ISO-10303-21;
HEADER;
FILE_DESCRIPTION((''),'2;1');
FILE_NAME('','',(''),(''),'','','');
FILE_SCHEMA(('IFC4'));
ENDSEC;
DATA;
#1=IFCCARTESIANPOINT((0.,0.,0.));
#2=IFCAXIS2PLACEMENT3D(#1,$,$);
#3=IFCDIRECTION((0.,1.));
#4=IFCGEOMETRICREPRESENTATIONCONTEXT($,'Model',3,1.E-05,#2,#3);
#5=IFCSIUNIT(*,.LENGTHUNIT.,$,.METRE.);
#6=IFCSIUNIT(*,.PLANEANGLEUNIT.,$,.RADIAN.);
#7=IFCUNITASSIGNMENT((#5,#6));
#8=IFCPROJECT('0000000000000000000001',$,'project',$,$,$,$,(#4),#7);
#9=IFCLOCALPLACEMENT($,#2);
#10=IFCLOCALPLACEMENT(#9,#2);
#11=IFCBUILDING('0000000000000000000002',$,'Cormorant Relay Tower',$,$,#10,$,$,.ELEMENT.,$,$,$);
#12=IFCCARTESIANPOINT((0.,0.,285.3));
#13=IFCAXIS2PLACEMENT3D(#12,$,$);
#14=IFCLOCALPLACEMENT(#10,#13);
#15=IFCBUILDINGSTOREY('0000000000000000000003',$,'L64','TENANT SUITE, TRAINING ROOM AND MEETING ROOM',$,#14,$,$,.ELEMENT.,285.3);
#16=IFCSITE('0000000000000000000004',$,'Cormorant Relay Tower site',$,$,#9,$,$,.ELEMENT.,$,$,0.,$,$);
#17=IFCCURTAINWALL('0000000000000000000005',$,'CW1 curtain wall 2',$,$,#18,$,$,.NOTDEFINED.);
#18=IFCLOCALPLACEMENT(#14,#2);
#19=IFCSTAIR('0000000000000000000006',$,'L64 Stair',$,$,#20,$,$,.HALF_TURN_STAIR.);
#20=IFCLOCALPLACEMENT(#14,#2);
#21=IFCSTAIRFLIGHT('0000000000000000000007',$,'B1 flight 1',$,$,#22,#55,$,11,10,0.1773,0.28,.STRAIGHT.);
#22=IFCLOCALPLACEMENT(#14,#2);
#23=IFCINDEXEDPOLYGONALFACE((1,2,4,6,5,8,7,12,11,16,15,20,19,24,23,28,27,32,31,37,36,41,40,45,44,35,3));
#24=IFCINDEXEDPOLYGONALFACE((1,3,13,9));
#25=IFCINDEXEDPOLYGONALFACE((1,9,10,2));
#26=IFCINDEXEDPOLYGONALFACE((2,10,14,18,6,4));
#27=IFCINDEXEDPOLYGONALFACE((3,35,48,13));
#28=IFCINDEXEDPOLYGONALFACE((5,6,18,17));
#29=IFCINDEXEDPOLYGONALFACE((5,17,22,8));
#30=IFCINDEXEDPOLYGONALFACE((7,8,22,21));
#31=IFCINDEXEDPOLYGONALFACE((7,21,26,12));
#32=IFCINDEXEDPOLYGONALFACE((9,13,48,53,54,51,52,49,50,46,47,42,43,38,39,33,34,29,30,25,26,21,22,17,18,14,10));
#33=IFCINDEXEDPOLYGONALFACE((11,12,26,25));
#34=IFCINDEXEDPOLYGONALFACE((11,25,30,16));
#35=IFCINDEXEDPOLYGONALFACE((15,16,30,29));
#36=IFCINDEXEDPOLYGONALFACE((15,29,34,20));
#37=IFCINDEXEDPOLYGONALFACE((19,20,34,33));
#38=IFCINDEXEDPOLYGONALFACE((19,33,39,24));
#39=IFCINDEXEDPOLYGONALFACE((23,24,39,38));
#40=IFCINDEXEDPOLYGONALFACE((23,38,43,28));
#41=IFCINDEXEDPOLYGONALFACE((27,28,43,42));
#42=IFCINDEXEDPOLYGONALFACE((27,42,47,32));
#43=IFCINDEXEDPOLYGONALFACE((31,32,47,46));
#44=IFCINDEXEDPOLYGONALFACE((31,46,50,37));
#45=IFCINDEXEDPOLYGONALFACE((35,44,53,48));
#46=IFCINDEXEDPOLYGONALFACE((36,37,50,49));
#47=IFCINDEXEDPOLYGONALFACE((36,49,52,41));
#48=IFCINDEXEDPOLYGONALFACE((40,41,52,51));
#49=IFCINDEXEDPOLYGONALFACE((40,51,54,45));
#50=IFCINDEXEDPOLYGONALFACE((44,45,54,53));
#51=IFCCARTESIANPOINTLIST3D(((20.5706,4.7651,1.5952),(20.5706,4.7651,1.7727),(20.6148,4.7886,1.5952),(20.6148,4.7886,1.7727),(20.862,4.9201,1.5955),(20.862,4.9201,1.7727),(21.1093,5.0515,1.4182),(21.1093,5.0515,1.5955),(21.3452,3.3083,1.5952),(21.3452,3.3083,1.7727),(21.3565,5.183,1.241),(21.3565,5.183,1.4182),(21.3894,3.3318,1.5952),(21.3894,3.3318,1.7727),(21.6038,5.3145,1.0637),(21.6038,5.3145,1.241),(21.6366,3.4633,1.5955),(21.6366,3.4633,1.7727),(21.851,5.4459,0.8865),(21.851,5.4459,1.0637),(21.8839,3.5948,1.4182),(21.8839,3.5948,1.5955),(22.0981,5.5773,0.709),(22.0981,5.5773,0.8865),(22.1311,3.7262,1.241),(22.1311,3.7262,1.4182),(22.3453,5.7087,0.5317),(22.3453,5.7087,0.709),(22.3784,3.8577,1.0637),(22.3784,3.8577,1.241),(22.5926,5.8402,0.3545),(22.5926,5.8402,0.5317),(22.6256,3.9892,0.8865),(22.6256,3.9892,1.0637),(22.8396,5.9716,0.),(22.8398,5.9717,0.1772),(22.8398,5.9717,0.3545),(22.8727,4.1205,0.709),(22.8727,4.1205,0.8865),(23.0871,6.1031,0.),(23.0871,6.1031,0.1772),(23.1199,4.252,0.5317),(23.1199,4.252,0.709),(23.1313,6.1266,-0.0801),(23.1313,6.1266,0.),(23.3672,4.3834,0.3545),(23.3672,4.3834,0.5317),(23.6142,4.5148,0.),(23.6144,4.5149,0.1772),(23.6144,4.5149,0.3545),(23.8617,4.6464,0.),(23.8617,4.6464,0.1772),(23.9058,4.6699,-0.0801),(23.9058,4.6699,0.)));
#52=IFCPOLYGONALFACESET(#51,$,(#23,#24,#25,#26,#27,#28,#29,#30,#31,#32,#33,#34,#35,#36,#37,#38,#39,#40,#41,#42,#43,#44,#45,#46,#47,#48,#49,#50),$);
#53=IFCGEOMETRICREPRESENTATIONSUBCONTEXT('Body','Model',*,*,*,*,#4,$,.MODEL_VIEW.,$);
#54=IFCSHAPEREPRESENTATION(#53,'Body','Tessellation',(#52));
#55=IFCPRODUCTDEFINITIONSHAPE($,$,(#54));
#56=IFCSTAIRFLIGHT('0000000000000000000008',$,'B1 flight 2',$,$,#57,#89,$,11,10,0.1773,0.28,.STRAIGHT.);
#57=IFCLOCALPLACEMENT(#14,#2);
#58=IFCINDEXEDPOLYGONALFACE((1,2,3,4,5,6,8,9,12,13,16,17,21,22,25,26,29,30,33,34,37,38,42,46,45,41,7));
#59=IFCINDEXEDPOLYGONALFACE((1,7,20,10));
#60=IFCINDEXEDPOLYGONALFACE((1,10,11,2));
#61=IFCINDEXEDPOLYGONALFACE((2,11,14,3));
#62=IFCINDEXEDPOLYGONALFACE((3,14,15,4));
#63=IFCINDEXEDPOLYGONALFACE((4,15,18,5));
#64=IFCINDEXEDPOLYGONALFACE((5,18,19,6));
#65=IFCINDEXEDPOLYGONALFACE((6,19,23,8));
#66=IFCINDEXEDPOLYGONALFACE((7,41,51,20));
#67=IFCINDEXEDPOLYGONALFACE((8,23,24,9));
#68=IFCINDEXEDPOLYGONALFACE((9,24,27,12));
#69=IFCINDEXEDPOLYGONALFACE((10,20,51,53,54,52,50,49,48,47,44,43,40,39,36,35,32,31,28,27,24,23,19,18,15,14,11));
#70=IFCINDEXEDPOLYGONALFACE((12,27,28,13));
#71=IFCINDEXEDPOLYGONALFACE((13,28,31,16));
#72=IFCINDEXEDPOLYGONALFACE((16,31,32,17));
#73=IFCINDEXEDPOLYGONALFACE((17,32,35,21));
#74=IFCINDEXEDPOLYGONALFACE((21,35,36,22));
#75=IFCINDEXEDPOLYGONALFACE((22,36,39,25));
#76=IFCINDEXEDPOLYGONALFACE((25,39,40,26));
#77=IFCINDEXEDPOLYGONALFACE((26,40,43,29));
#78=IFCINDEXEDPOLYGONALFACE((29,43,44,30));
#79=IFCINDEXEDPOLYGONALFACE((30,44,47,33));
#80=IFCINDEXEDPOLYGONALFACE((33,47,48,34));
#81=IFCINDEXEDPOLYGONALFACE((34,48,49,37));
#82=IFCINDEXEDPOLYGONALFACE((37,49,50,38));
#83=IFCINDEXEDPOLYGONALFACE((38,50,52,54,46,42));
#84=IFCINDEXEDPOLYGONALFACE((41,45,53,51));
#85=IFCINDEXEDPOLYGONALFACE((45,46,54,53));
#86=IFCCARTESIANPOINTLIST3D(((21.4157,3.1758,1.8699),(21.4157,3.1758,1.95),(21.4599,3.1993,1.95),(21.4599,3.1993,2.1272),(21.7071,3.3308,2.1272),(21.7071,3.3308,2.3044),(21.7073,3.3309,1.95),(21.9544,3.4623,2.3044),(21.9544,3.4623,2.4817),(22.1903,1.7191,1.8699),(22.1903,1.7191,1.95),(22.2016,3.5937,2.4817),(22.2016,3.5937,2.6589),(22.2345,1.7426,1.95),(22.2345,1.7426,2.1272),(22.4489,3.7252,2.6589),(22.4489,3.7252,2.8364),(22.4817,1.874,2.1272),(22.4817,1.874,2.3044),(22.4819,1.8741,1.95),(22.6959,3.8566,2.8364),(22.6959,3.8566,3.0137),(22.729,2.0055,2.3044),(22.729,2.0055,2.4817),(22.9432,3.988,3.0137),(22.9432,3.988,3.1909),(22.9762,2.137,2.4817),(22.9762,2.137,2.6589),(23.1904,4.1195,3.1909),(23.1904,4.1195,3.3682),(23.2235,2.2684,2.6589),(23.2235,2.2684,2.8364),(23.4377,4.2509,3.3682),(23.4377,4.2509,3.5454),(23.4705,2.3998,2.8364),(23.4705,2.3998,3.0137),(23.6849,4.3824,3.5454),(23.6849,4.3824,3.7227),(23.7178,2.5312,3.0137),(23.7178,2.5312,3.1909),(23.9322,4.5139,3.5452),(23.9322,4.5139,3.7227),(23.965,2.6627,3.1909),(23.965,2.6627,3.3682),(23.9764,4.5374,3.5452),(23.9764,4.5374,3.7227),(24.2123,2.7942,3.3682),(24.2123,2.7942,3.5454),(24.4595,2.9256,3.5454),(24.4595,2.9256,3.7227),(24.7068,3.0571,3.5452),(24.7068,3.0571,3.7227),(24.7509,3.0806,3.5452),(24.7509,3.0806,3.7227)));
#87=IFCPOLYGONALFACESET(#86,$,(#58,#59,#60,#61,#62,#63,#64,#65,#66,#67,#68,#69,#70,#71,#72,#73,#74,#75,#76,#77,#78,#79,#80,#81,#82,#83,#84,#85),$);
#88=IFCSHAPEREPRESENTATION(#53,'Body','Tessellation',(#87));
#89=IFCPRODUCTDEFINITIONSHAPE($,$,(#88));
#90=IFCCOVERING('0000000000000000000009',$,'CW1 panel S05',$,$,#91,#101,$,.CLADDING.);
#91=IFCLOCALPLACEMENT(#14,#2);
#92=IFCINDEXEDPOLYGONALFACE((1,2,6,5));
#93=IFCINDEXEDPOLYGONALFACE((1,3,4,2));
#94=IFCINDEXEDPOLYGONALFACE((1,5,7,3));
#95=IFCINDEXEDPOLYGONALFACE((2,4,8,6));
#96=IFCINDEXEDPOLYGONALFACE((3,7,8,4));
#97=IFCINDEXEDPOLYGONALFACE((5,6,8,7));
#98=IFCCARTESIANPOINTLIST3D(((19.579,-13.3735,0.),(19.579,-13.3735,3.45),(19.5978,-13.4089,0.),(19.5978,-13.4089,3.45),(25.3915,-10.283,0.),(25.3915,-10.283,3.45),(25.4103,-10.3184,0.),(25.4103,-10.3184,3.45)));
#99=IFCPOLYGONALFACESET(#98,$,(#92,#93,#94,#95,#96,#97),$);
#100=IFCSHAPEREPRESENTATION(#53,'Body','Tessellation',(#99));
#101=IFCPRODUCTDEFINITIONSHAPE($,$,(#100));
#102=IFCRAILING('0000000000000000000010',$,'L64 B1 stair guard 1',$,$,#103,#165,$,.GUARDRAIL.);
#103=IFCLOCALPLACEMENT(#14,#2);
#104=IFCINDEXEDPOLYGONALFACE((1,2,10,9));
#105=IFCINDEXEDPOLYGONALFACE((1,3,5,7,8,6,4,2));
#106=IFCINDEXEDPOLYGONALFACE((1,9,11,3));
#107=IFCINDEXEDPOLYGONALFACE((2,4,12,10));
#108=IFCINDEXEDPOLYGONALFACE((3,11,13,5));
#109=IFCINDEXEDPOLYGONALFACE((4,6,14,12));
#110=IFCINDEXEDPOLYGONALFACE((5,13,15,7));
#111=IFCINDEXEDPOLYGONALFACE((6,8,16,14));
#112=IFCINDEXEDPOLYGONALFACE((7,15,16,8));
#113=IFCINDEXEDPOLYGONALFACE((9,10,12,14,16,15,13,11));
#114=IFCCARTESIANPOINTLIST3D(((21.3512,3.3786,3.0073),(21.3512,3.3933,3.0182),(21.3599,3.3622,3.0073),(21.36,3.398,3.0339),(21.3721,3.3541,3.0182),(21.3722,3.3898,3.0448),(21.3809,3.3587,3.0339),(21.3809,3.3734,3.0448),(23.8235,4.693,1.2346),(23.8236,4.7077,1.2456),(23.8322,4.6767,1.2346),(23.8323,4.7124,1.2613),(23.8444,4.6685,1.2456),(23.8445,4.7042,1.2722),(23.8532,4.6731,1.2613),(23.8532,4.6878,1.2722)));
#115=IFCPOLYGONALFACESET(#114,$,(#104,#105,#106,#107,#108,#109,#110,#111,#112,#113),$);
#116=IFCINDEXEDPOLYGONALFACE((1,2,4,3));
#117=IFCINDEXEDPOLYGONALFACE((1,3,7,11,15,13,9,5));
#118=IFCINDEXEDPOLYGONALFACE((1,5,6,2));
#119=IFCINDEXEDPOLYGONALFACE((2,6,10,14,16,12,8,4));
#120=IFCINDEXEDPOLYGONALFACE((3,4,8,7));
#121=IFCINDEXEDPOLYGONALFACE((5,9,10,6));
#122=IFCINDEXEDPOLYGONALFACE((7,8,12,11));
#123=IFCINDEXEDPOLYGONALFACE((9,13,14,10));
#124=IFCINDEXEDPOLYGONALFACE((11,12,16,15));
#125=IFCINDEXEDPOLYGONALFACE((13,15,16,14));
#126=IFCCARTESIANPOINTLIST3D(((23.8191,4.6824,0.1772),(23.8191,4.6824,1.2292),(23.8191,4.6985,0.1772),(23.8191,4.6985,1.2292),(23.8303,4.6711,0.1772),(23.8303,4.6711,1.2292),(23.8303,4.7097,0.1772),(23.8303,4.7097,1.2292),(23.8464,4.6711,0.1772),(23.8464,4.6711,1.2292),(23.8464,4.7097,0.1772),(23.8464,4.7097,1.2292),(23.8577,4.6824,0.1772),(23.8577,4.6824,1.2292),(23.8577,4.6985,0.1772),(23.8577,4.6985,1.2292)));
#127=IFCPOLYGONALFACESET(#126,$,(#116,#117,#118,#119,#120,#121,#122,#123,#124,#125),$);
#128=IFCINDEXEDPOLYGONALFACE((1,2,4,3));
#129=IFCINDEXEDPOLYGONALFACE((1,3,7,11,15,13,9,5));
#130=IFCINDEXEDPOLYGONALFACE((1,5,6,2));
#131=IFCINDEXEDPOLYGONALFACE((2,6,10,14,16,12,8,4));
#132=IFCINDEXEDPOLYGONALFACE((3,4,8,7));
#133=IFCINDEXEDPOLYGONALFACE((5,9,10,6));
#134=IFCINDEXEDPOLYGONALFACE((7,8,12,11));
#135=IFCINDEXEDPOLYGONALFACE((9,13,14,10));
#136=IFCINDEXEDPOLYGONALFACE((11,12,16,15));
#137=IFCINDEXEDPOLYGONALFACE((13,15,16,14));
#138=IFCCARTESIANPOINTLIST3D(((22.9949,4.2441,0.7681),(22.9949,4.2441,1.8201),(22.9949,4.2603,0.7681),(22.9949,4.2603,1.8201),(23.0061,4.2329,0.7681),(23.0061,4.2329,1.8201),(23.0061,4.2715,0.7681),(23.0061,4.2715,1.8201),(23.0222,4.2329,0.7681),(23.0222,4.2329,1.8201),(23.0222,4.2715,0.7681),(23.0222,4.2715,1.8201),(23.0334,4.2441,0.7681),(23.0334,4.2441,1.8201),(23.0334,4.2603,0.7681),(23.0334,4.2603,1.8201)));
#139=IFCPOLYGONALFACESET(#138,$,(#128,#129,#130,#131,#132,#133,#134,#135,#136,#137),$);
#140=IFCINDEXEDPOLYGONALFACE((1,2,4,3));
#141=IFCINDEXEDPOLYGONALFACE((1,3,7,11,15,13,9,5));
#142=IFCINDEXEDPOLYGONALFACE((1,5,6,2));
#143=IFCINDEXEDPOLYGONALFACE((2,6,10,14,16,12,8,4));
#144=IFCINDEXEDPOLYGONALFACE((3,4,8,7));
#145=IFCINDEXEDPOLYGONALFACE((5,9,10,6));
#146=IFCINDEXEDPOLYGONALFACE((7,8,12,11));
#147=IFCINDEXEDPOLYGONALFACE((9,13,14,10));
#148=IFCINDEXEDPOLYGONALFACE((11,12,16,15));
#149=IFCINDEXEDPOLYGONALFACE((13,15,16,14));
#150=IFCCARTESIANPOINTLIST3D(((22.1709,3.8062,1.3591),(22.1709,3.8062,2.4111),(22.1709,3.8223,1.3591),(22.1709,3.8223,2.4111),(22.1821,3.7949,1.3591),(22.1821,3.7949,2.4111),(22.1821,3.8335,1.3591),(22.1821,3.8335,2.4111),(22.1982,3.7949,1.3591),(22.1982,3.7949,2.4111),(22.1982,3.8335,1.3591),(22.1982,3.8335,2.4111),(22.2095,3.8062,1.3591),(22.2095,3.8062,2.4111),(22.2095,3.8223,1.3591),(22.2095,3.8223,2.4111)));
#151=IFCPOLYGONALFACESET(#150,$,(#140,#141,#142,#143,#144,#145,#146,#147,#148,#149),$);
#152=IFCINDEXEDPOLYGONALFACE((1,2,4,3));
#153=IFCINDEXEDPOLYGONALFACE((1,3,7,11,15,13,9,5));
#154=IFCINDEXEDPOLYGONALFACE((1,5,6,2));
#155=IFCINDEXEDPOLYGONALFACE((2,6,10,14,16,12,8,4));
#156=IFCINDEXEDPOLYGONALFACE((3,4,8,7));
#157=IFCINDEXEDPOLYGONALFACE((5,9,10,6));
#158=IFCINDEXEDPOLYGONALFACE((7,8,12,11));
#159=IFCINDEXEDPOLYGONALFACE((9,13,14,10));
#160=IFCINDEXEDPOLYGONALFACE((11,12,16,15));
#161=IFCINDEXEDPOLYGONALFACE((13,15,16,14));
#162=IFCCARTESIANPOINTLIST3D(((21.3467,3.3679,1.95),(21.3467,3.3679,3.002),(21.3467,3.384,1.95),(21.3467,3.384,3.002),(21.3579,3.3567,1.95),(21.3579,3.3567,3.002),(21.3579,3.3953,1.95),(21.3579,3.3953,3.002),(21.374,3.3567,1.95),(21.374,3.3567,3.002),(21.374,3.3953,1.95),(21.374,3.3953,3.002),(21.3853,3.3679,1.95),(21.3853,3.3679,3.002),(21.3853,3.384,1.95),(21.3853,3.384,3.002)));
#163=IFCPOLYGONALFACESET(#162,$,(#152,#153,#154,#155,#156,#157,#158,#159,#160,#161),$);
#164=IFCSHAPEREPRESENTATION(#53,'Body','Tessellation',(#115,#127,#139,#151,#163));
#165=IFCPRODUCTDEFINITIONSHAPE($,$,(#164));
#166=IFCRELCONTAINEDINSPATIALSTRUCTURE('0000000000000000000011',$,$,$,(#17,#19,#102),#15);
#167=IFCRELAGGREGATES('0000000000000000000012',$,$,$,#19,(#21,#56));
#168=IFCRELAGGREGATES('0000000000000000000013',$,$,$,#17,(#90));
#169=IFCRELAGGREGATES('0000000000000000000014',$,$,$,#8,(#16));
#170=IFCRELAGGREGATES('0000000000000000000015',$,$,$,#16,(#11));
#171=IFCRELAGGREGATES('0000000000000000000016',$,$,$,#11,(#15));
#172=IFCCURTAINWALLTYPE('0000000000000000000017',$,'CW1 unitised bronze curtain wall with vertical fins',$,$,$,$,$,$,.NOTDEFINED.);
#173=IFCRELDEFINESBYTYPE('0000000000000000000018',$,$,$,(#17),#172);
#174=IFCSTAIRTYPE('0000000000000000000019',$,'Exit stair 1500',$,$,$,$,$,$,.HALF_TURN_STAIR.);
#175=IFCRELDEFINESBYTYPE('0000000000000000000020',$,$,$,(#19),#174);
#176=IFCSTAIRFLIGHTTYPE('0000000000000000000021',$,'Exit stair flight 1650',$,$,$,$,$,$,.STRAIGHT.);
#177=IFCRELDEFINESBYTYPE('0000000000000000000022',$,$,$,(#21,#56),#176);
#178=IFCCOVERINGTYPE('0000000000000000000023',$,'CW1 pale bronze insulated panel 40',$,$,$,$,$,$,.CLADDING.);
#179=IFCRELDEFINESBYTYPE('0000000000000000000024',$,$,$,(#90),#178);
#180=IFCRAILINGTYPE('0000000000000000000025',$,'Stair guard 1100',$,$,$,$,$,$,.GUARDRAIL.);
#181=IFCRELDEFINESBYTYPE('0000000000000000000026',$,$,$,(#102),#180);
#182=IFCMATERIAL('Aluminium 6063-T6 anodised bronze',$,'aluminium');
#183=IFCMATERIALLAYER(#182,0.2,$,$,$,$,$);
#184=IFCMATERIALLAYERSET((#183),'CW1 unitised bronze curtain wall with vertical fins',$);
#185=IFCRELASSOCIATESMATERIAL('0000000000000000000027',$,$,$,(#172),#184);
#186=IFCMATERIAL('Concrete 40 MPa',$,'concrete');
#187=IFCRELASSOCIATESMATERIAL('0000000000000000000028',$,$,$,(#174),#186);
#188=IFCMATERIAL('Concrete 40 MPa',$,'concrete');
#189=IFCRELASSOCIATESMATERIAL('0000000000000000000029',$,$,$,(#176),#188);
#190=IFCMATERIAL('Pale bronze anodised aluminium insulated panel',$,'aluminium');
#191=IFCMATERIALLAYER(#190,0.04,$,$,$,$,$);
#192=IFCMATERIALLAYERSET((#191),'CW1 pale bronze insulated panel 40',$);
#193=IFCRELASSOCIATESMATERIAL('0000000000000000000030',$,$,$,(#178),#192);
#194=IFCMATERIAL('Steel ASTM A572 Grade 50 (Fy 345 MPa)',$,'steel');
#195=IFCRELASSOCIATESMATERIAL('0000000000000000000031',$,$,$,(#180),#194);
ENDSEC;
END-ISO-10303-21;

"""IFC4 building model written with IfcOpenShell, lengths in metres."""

from ifc_helpers import new_model, si_unit, direction, frame, origin, origin_2d, place, context, subcontext, project, spatial, polyline, rectangle, outline, extrude, material, layer, layer_set, type_object, element, aggregate, save


model = new_model("IFC4")

# Units and contexts
model_context = context("Model", 3, precision=1e-05, world=origin(), true_north=direction((0.0, 1.0)))
body_context = subcontext(model_context, "Body", "Model", "MODEL_VIEW")
ifc_project = project(units=[si_unit("LENGTHUNIT", "METRE"), si_unit("PLANEANGLEUNIT", "RADIAN")], contexts=[model_context])

# Site, building, storey
site_placement = place(None, origin())
site = spatial("IfcSite", under=ifc_project, at=site_placement, Name="Cormorant Relay Tower site", CompositionType="ELEMENT", RefElevation=0.0)
building_placement = place(site_placement, origin())
building = spatial("IfcBuilding", under=site, at=building_placement, Name="Cormorant Relay Tower", CompositionType="ELEMENT")
storey_placement = place(building_placement, frame((0.0, 0.0, 285.3)))
storey = spatial("IfcBuildingStorey", under=building, at=storey_placement, Name="L64", Description="TENANT SUITE, TRAINING ROOM AND MEETING ROOM", CompositionType="ELEMENT", Elevation=285.3)

# Curtain wall
ifc_material_1 = material(Name="Aluminium 6063-T6 anodised bronze", Category="aluminium")
ifc_layer_1 = layer(ifc_material_1, 0.2)
ifc_layer_set_1 = layer_set([ifc_layer_1], Name="CW1 unitised bronze curtain wall with vertical fins")
curtain_wall_type = type_object("IfcCurtainWallType", Name="CW1 unitised bronze curtain wall with vertical fins", PredefinedType="NOTDEFINED", material=ifc_layer_set_1)
curtain_wall_placement = place(storey_placement, origin())
curtain_wall = element("IfcCurtainWall", 1, at=curtain_wall_placement, inside=storey, type_object=curtain_wall_type, Name="CW1 curtain wall 2", PredefinedType="NOTDEFINED")

# Stair, stair flights
ifc_material_2 = material(Name="Concrete 40 MPa", Category="concrete")
stair_type = type_object("IfcStairType", Name="Exit stair 1500", PredefinedType="HALF_TURN_STAIR", material=ifc_material_2)
stair_placement = place(storey_placement, origin())
stair = element("IfcStair", 2, at=stair_placement, inside=storey, type_object=stair_type, Name="L64 Stair", PredefinedType="HALF_TURN_STAIR")
ifc_material_3 = material(Name="Concrete 40 MPa", Category="concrete")
stair_flight_type = type_object("IfcStairFlightType", Name="Exit stair flight 1650", PredefinedType="STRAIGHT", material=ifc_material_3)
stair_flight_1_placement = place(storey_placement, frame((23.4744, 5.3748, 0.0), z_axis=(0.0, 0.0, 1.0), x_axis=(-0.882948, -0.469472, 0.0)))
stair_flight_1 = element("IfcStairFlight", 3, at=stair_flight_1_placement, type_object=stair_flight_type, Name="B1 flight 1", NumberOfRisers=11, NumberOfTreads=10, PredefinedType="STRAIGHT", RiserHeight=0.1773, TreadLength=0.28, context=body_context, shape_type="SweptSolid", body=[
    extrude(outline(polyline([(-0.05, -0.0801), (-0.05, 0.0), (0.0, 0.0), (0.0, 0.1772), (0.28, 0.1772), (0.28, 0.3545), (0.5601, 0.3545), (0.5601, 0.5317), (0.8401, 0.5317), (0.8401, 0.709), (1.1201, 0.709), (1.1201, 0.8865), (1.3999, 0.8865), (1.3999, 1.0637), (1.6799, 1.0637), (1.6799, 1.241), (1.96, 1.241), (1.96, 1.4182), (2.24, 1.4182), (2.24, 1.5955), (2.52, 1.5955), (2.52, 1.7727), (2.8, 1.7727), (2.8501, 1.7727), (2.8501, 1.5952), (2.8, 1.5952), (0.2803, 0.0), (-0.05, -0.0801)])), frame((0.0, 0.825, 0.0), z_axis=(0.0, -1.0, 0.0), x_axis=(1.0, 0.0, 0.0)), (0.0, 0.0, 1.0), 1.6499),
])
stair_flight_2_placement = place(storey_placement, frame((21.8472, 2.4709, 1.95), z_axis=(0.0, 0.0, 1.0), x_axis=(0.882948, 0.469472, 0.0)))
stair_flight_2 = element("IfcStairFlight", 4, at=stair_flight_2_placement, type_object=stair_flight_type, Name="B1 flight 2", NumberOfRisers=11, NumberOfTreads=10, PredefinedType="STRAIGHT", RiserHeight=0.1773, TreadLength=0.28, context=body_context, shape_type="SweptSolid", body=[
    extrude(outline(polyline([(-0.05, -0.0801), (-0.05, 0.0), (0.0, 0.0), (0.0, 0.1772), (0.28, 0.1772), (0.28, 0.3545), (0.5601, 0.3545), (0.5601, 0.5317), (0.8401, 0.5317), (0.8401, 0.709), (1.1201, 0.709), (1.1201, 0.8865), (1.3999, 0.8865), (1.3999, 1.0637), (1.6799, 1.0637), (1.6799, 1.241), (1.96, 1.241), (1.96, 1.4182), (2.24, 1.4182), (2.24, 1.5955), (2.52, 1.5955), (2.52, 1.7727), (2.8, 1.7727), (2.8501, 1.7727), (2.8501, 1.5952), (2.8, 1.5952), (0.2803, 0.0), (-0.05, -0.0801)])), frame((0.0, 0.825, 0.0), z_axis=(0.0, -1.0, 0.0), x_axis=(1.0, 0.0, 0.0)), (0.0, 0.0, 1.0), 1.6499),
])
aggregate(stair, [stair_flight_1, stair_flight_2])

# Covering
ifc_material_4 = material(Name="Pale bronze anodised aluminium insulated panel", Category="aluminium")
ifc_layer_2 = layer(ifc_material_4, 0.04)
ifc_layer_set_2 = layer_set([ifc_layer_2], Name="CW1 pale bronze insulated panel 40")
covering_type = type_object("IfcCoveringType", Name="CW1 pale bronze insulated panel 40", PredefinedType="CLADDING", material=ifc_layer_set_2)
covering_placement = place(storey_placement, frame((22.4946, -11.8459, 0.0), z_axis=(0.0, 0.0, 1.0), x_axis=(0.882948, 0.469472, 0.0)))
covering = element("IfcCovering", 5, at=covering_placement, type_object=covering_type, Name="CW1 panel S05", PredefinedType="CLADDING", context=body_context, shape_type="SweptSolid", body=[
    extrude(rectangle(XDim=6.583, YDim=0.04, at=origin_2d()), origin(), (0.0, 0.0, 1.0), 3.45),
])
aggregate(curtain_wall, [covering])

# Railing
ifc_material_5 = material(Name="Steel ASTM A572 Grade 50 (Fy 345 MPa)", Category="steel")
railing_type_1 = type_object("IfcRailingType", Name="Stair guard 1100", PredefinedType="GUARDRAIL", material=ifc_material_5)
railing_1_placement = place(storey_placement, frame((23.8384, 4.6904, 0.1772)))
element("IfcRailing", 6, at=railing_1_placement, inside=storey, type_object=railing_type_1, Name="L64 B1 stair guard 1", PredefinedType="GUARDRAIL", context=body_context, shape_type="SweptSolid", body=[
    extrude(outline(polyline([(0.0222, 0.0093), (0.0093, 0.0222), (-0.0093, 0.0222), (-0.0222, 0.0093), (-0.0222, -0.0093), (-0.0093, -0.0222), (0.0093, -0.0222), (0.0222, -0.0093), (0.0222, 0.0093)])), frame((0.0, 0.0, 1.0762), z_axis=(-0.746034, -0.396627, 0.534902), x_axis=(0.469429, -0.88297, 0.0)), (0.0, 0.0, 1.0), 3.314),
    extrude(outline(polyline([(0.0193, 0.0081), (0.0081, 0.0193), (-0.0081, 0.0193), (-0.0193, 0.0081), (-0.0193, -0.0081), (-0.0081, -0.0193), (0.0081, -0.0193), (0.0193, -0.0081), (0.0193, 0.0081)])), origin(), (0.0, 0.0, 1.0), 1.052),
    extrude(outline(polyline([(0.0193, 0.0081), (0.0081, 0.0193), (-0.0081, 0.0193), (-0.0193, 0.0081), (-0.0193, -0.0081), (-0.0081, -0.0193), (0.0081, -0.0193), (0.0193, -0.0081), (0.0193, 0.0081)])), frame((-0.8242, -0.4382, 0.5908)), (0.0, 0.0, 1.0), 1.052),
    extrude(outline(polyline([(0.0193, 0.0081), (0.0081, 0.0193), (-0.0081, 0.0193), (-0.0193, 0.0081), (-0.0193, -0.0081), (-0.0081, -0.0193), (0.0081, -0.0193), (0.0193, -0.0081), (0.0193, 0.0081)])), frame((-1.6482, -0.8762, 1.1819)), (0.0, 0.0, 1.0), 1.052),
    extrude(outline(polyline([(0.0193, 0.0081), (0.0081, 0.0193), (-0.0081, 0.0193), (-0.0193, 0.0081), (-0.0193, -0.0081), (-0.0081, -0.0193), (0.0081, -0.0193), (0.0193, -0.0081), (0.0193, 0.0081)])), frame((-2.4724, -1.3145, 1.7727)), (0.0, 0.0, 1.0), 1.052),
])

save(model, "model.ifc")
